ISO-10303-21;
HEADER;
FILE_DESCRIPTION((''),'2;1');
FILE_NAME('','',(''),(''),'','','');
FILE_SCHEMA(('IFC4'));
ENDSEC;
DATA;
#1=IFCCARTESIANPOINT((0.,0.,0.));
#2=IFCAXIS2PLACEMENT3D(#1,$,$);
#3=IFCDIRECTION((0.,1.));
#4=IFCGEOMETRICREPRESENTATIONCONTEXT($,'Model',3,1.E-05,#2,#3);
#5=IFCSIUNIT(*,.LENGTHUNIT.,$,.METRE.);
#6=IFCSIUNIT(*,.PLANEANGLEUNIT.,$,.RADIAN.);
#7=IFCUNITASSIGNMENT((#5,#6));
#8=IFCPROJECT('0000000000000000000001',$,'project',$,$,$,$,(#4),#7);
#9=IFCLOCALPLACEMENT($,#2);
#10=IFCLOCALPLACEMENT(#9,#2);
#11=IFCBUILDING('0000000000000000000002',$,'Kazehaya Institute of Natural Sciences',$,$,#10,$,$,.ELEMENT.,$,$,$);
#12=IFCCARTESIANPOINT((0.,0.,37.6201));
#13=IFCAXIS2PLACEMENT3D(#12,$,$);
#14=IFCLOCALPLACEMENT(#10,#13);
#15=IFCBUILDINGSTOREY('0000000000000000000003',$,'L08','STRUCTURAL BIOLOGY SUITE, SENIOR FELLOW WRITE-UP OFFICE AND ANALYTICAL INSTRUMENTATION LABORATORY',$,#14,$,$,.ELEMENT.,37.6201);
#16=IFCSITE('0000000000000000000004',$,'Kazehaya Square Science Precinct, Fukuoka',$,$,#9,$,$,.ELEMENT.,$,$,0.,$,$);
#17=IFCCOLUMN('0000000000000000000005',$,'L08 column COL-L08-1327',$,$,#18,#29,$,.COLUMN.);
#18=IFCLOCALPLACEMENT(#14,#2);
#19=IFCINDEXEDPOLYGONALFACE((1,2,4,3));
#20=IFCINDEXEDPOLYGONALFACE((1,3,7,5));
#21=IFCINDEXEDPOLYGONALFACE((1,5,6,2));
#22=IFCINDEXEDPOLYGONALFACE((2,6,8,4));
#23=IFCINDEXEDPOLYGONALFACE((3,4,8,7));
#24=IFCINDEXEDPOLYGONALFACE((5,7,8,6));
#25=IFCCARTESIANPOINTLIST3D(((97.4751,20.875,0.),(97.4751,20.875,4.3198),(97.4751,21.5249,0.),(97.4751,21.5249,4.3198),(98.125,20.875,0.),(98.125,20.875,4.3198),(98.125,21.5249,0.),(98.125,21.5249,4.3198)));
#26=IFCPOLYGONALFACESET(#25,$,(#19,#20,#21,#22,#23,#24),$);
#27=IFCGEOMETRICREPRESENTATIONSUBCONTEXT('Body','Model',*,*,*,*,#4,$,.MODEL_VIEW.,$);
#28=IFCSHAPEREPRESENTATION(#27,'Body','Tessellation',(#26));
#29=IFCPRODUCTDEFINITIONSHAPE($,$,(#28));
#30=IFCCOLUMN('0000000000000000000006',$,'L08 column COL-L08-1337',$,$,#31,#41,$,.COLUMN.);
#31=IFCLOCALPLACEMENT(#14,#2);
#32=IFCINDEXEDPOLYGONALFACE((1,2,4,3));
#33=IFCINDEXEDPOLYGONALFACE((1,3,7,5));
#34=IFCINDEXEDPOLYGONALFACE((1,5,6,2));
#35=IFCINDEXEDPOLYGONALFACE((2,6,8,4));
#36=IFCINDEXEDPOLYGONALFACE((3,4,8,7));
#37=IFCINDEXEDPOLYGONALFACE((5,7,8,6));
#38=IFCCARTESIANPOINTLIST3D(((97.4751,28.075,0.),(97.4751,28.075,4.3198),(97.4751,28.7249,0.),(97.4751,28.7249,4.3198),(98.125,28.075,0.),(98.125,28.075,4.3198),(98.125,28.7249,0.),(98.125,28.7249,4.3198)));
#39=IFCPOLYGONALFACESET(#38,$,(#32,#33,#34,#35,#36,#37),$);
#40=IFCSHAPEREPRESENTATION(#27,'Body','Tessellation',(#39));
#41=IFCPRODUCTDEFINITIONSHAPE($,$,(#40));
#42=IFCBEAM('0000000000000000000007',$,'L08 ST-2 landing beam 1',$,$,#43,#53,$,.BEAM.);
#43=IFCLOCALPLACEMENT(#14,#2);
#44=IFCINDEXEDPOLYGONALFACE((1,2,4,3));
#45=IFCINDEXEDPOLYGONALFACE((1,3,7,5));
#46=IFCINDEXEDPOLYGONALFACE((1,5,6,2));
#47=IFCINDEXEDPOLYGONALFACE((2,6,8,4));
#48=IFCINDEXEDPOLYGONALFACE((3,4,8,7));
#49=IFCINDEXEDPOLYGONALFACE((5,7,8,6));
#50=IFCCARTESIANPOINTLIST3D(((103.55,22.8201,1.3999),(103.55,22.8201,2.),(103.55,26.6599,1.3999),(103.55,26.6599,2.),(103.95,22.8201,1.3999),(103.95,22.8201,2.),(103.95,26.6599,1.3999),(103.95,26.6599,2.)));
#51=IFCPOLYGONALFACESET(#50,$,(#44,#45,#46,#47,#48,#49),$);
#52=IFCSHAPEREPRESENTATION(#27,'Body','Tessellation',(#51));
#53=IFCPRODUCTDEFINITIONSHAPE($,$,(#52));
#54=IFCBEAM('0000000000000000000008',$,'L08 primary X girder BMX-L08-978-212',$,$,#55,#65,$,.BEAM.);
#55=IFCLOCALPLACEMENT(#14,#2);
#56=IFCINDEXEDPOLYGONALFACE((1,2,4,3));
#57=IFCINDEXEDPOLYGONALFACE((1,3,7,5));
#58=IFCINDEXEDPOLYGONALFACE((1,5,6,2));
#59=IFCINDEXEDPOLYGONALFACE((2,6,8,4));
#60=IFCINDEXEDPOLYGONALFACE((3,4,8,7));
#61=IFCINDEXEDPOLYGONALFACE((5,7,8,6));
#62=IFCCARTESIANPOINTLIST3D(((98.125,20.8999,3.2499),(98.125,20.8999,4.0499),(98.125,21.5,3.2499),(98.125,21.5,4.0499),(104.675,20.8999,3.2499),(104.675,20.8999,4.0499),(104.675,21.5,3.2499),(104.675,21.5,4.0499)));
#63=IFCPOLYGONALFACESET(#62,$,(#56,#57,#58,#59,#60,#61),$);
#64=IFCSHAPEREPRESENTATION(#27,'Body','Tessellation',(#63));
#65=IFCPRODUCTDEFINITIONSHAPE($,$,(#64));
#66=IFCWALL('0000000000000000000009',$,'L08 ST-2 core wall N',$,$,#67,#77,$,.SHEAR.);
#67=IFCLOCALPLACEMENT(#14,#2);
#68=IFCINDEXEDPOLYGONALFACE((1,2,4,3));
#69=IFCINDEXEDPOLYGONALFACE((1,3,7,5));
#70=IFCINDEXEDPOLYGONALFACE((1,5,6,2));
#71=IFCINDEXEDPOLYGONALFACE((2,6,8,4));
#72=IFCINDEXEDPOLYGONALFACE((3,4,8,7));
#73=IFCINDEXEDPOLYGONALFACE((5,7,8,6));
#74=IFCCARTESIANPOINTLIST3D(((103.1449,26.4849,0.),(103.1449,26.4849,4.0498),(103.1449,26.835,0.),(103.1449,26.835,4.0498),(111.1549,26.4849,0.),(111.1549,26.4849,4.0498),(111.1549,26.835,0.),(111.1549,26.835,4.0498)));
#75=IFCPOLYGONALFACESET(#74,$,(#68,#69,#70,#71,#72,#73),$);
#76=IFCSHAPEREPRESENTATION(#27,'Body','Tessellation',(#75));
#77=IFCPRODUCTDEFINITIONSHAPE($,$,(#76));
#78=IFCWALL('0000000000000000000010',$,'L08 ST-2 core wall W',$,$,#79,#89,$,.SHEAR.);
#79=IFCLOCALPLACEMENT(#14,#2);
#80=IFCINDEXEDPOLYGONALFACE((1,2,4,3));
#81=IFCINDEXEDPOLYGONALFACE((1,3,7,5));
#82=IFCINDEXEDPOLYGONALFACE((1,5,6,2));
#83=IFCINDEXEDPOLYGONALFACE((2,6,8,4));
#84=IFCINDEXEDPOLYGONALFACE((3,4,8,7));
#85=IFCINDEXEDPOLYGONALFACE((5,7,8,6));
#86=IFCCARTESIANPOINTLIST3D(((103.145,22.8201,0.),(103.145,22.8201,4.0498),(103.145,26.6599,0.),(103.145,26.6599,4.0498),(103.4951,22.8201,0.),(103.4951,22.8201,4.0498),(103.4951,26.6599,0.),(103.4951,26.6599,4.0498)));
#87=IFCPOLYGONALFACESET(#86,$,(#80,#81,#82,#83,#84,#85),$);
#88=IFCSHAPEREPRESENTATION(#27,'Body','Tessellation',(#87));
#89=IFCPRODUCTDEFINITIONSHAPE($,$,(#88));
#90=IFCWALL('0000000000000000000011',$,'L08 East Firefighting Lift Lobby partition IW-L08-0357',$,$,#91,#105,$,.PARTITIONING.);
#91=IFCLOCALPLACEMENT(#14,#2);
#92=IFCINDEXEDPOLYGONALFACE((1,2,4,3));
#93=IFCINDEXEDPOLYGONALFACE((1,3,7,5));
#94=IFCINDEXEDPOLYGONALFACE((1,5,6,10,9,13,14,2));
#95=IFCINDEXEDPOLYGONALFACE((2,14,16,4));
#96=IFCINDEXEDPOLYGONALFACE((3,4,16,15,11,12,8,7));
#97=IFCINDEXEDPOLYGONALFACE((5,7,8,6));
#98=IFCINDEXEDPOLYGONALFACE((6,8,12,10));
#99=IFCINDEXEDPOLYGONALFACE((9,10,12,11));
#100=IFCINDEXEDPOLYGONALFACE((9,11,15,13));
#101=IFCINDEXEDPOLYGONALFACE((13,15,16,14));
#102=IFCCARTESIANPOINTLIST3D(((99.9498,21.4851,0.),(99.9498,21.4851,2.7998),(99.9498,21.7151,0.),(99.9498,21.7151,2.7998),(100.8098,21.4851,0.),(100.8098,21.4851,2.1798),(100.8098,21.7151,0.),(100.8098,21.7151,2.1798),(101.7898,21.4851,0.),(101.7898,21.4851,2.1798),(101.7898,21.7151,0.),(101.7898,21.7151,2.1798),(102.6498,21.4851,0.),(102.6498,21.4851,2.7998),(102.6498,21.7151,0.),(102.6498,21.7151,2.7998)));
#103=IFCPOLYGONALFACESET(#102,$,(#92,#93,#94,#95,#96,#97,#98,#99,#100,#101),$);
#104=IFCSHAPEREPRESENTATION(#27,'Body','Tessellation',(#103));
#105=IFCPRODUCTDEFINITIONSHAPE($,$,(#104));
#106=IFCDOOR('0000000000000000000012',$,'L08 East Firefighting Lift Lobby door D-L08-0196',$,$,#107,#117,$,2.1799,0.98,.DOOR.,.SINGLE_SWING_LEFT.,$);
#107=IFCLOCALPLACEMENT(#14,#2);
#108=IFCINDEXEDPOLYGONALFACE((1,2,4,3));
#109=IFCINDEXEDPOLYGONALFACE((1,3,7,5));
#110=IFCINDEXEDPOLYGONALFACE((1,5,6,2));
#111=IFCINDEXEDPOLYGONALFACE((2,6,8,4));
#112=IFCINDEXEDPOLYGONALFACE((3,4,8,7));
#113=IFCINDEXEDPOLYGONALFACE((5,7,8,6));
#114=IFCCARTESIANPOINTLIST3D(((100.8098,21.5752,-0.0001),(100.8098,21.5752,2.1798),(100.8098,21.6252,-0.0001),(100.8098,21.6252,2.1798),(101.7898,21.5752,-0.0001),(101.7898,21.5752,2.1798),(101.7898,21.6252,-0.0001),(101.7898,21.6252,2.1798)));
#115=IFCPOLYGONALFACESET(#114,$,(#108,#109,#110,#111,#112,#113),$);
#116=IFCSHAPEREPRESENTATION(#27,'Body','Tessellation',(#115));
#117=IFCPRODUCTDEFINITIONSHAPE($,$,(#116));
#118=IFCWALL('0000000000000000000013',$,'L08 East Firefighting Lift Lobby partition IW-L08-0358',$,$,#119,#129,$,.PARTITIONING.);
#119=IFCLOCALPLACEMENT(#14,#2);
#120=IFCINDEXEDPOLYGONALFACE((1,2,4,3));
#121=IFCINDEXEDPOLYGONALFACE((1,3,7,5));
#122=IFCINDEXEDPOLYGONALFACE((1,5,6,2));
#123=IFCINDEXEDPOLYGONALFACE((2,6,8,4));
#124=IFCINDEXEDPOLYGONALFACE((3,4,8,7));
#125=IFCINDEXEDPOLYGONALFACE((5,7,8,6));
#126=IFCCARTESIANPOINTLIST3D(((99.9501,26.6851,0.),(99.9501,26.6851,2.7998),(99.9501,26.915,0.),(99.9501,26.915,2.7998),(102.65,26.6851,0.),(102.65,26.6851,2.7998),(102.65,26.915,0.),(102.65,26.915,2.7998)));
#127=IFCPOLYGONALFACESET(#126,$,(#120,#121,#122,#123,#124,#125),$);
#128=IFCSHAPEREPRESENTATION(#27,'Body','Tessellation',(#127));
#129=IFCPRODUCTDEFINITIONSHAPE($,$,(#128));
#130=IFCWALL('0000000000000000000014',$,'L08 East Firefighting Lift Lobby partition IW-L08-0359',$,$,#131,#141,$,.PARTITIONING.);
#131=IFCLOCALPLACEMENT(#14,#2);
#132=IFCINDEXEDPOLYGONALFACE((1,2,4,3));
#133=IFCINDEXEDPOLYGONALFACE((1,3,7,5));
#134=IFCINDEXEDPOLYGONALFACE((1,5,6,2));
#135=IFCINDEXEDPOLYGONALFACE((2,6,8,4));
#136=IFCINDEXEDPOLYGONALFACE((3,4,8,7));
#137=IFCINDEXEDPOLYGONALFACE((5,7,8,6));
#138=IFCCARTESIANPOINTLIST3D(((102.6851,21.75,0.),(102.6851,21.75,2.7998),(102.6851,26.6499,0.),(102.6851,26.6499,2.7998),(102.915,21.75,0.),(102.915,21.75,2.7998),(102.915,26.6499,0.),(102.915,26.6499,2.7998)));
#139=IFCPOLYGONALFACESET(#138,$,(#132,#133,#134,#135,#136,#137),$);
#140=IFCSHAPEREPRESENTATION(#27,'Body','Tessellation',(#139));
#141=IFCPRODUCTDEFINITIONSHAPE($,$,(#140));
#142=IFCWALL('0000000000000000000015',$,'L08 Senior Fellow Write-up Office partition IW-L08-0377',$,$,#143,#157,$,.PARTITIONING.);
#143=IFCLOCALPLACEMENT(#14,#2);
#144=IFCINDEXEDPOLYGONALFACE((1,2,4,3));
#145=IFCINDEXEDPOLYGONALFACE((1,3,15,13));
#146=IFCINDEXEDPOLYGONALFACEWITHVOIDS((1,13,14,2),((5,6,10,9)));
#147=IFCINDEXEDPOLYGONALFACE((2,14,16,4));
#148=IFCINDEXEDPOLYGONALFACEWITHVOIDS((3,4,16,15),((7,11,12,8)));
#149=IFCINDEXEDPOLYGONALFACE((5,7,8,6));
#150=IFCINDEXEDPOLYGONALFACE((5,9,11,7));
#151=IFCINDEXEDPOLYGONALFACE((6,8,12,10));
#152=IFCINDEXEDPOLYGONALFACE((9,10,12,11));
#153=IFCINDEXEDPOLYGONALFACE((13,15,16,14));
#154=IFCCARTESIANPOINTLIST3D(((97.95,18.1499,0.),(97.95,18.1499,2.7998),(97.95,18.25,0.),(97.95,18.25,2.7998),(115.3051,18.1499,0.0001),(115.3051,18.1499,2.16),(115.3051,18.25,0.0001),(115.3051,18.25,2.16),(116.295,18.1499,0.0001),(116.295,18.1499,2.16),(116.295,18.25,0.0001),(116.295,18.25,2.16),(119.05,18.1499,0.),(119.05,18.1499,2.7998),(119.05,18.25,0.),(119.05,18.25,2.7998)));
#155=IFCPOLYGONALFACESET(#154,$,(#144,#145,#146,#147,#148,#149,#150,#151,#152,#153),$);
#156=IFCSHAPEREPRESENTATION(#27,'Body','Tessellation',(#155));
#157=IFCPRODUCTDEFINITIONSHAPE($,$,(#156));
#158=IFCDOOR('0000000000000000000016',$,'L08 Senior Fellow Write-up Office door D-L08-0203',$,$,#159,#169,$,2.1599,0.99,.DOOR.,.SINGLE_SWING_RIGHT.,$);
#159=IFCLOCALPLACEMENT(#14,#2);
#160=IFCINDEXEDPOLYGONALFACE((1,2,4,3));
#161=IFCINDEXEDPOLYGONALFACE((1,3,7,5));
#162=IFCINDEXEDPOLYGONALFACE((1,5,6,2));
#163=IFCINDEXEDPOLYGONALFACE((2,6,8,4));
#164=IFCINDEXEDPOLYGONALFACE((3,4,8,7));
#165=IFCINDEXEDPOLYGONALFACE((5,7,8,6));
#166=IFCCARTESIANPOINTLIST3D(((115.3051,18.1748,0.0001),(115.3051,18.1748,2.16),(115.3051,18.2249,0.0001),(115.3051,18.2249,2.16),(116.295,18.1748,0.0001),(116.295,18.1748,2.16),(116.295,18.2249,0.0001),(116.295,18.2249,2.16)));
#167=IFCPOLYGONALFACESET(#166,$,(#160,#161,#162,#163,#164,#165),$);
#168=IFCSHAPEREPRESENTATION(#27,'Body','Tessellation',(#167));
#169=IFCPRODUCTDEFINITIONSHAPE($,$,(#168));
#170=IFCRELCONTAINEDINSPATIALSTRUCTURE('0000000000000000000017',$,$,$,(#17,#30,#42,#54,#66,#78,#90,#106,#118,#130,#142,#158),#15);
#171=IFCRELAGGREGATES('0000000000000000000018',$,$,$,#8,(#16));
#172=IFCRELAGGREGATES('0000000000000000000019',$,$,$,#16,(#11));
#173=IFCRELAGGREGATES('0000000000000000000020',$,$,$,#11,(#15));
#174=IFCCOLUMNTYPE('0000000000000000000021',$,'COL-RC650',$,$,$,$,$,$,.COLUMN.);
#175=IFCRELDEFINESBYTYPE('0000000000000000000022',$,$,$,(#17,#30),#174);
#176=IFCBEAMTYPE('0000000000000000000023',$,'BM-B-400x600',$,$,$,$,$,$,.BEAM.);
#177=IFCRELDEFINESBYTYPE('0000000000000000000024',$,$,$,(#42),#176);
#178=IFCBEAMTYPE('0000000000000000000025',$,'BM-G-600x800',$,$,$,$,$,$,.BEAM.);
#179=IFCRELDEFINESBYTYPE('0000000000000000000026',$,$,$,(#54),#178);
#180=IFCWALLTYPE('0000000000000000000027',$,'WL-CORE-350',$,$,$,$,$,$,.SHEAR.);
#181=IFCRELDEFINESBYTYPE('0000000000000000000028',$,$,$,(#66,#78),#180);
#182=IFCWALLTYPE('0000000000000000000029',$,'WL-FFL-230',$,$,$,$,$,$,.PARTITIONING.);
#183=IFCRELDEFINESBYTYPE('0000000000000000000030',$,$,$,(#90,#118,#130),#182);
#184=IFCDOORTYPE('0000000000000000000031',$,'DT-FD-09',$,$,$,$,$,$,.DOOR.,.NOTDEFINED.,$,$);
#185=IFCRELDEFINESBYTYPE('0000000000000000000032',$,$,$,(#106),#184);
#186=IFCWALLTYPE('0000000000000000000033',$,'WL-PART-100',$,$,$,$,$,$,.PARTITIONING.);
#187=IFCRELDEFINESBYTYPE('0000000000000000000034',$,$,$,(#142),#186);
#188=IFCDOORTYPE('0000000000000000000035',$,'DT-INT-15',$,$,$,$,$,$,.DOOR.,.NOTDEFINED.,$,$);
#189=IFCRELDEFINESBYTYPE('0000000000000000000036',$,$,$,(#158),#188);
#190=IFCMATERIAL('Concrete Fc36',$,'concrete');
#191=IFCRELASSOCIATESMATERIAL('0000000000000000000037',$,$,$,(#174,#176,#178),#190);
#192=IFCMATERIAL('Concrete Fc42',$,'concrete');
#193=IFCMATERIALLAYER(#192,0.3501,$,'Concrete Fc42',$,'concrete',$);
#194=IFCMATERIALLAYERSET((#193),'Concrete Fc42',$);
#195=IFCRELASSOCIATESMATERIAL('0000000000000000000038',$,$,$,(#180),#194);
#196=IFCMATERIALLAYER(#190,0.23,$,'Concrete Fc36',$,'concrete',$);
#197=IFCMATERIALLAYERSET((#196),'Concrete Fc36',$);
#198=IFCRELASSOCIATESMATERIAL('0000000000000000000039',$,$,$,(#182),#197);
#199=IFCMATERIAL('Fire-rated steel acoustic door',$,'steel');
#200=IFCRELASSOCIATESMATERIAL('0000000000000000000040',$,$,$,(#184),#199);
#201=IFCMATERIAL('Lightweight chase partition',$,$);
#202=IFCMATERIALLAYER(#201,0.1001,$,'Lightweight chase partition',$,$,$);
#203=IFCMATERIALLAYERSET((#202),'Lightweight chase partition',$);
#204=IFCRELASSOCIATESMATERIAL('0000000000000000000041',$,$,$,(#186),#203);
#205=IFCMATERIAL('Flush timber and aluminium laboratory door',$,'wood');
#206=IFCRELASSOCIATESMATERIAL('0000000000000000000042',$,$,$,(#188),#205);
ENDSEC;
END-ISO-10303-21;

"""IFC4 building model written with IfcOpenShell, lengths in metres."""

from ifc_helpers import new_model, si_unit, direction, frame, frame_2d, origin, origin_2d, place, context, subcontext, project, spatial, rectangle, extrude, material, layer, layer_set, material_profile, profile_set, type_object, element, fill, save


model = new_model("IFC4")

# Units and contexts
model_context = context("Model", 3, precision=1e-05, world=origin(), true_north=direction((0.0, 1.0)))
body_context = subcontext(model_context, "Body", "Model", "MODEL_VIEW")
ifc_project = project(units=[si_unit("LENGTHUNIT", "METRE"), si_unit("PLANEANGLEUNIT", "RADIAN")], contexts=[model_context])

# Site, building, storey
site_placement = place(None, origin())
site = spatial("IfcSite", under=ifc_project, at=site_placement, Name="Kazehaya Square Science Precinct, Fukuoka", CompositionType="ELEMENT", RefElevation=0.0)
building_placement = place(site_placement, origin())
building = spatial("IfcBuilding", under=site, at=building_placement, Name="Kazehaya Institute of Natural Sciences", CompositionType="ELEMENT")
storey_placement = place(building_placement, frame((0.0, 0.0, 37.6201)))
storey = spatial("IfcBuildingStorey", under=building, at=storey_placement, Name="L08", Description="STRUCTURAL BIOLOGY SUITE, SENIOR FELLOW WRITE-UP OFFICE AND ANALYTICAL INSTRUMENTATION LABORATORY", CompositionType="ELEMENT", Elevation=37.6201)

# Columns
ifc_material_1 = material(Name="Concrete Fc36", Category="concrete")
ifc_material_profile_1 = material_profile(ifc_material_1, rectangle(XDim=0.6499, YDim=0.6499, at=origin_2d()), Name="RC-650x650")
ifc_profile_set_1 = profile_set([ifc_material_profile_1], Name="Concrete Fc36")
column_type = type_object("IfcColumnType", Name="COL-RC650", PredefinedType="COLUMN", material=ifc_profile_set_1)
for number, where, z_axis, x_axis, name in (
    (1, (97.8, 21.2, 0.0), (0.0, 0.0, 1.0), (1.0, 0.0, 0.0), "L08 column COL-L08-1327"),
    (2, (97.8, 28.3999, 0.0), (0.0, 0.0, 1.0), (1.0, 0.0, 0.0), "L08 column COL-L08-1337"),
):
    element("IfcColumn", number, at=place(storey_placement, frame(where, z_axis=z_axis, x_axis=x_axis)), inside=storey, type_object=column_type, Name=name, PredefinedType="COLUMN", context=body_context, shape_type="SweptSolid", body=[
        extrude(rectangle(XDim=0.6499, YDim=0.6499, at=origin_2d()), origin(), (0.0, 0.0, 1.0), 4.3198),
    ])

# Beams
ifc_material_profile_2 = material_profile(ifc_material_1, rectangle(XDim=0.3999, YDim=0.6001, at=origin_2d()), Name="RC-400x600")
ifc_profile_set_2 = profile_set([ifc_material_profile_2], Name="Concrete Fc36")
beam_type_1 = type_object("IfcBeamType", Name="BM-B-400x600", PredefinedType="BEAM", material=ifc_profile_set_2)
beam_1_placement = place(storey_placement, frame((103.75, 22.8201, 1.7), z_axis=(0.0, 1.0, 0.0), x_axis=(-1.0, 0.0, 0.0)))
element("IfcBeam", 3, at=beam_1_placement, inside=storey, type_object=beam_type_1, Name="L08 ST-2 landing beam 1", PredefinedType="BEAM", context=body_context, shape_type="SweptSolid", body=[
    extrude(rectangle(XDim=0.3999, YDim=0.6001, at=origin_2d()), origin(), (0.0, 0.0, 1.0), 3.8398),
])
ifc_material_profile_3 = material_profile(ifc_material_1, rectangle(XDim=0.6001, YDim=0.8, at=origin_2d()), Name="RC-600x800")
ifc_profile_set_3 = profile_set([ifc_material_profile_3], Name="Concrete Fc36")
beam_type_2 = type_object("IfcBeamType", Name="BM-G-600x800", PredefinedType="BEAM", material=ifc_profile_set_3)
beam_2_placement = place(storey_placement, frame((98.125, 21.2, 3.6499), z_axis=(1.0, 0.0, 0.0), x_axis=(0.0, 1.0, 0.0)))
element("IfcBeam", 4, at=beam_2_placement, inside=storey, type_object=beam_type_2, Name="L08 primary X girder BMX-L08-978-212", PredefinedType="BEAM", context=body_context, shape_type="SweptSolid", body=[
    extrude(rectangle(XDim=0.6001, YDim=0.8, at=origin_2d()), origin(), (0.0, 0.0, 1.0), 6.55),
])

# Walls
ifc_material_2 = material(Name="Concrete Fc42", Category="concrete")
ifc_layer_1 = layer(ifc_material_2, 0.3501, Name="Concrete Fc42", Category="concrete")
ifc_layer_set_1 = layer_set([ifc_layer_1], Name="Concrete Fc42")
wall_type_1 = type_object("IfcWallType", Name="WL-CORE-350", PredefinedType="SHEAR", material=ifc_layer_set_1)
wall_1_placement = place(storey_placement, frame((103.145, 26.6599, 0.0), z_axis=(0.0, 0.0, 1.0), x_axis=(1.0, 0.0, 0.0)))
element("IfcWall", 5, at=wall_1_placement, inside=storey, type_object=wall_type_1, Name="L08 ST-2 core wall N", PredefinedType="SHEAR", context=body_context, shape_type="SweptSolid", body=[
    extrude(rectangle(XDim=8.01, YDim=0.3501, at=frame_2d((4.0049, 0.0))), origin(), (0.0, 0.0, 1.0), 4.0498),
])
wall_2_placement = place(storey_placement, frame((103.3201, 22.8201, 0.0), z_axis=(0.0, 0.0, 1.0), x_axis=(0.0, 1.0, 0.0)))
element("IfcWall", 6, at=wall_2_placement, inside=storey, type_object=wall_type_1, Name="L08 ST-2 core wall W", PredefinedType="SHEAR", context=body_context, shape_type="SweptSolid", body=[
    extrude(rectangle(XDim=3.8398, YDim=0.3501, at=frame_2d((1.9199, 0.0))), origin(), (0.0, 0.0, 1.0), 4.0498),
])

# Wall, opening, door
ifc_layer_2 = layer(ifc_material_1, 0.23, Name="Concrete Fc36", Category="concrete")
ifc_layer_set_2 = layer_set([ifc_layer_2], Name="Concrete Fc36")
wall_type_2 = type_object("IfcWallType", Name="WL-FFL-230", PredefinedType="PARTITIONING", material=ifc_layer_set_2)
wall_3_placement = place(storey_placement, frame((102.6499, 21.6001, 0.0), z_axis=(0.0, 0.0, 1.0), x_axis=(-1.0, 0.0, 0.0)))
wall_3 = element("IfcWall", 7, at=wall_3_placement, inside=storey, type_object=wall_type_2, Name="L08 East Firefighting Lift Lobby partition IW-L08-0357", PredefinedType="PARTITIONING", context=body_context, shape_type="SweptSolid", body=[
    extrude(rectangle(XDim=2.7, YDim=0.23, at=frame_2d((1.3501, 0.0))), origin(), (0.0, 0.0, 1.0), 2.7998),
])
opening_1_placement = place(wall_3_placement, frame((0.8601, 0.0, 0.0)))
opening_1 = element("IfcOpeningElement", 8, at=opening_1_placement, cuts=wall_3, PredefinedType="OPENING", context=body_context, shape_type="SweptSolid", body=[
    extrude(rectangle(XDim=0.98, YDim=2.1799, at=frame_2d((0.49, 1.0898))), frame((0.0, 0.125, 0.0), z_axis=(0.0, -1.0, 0.0), x_axis=(1.0, 0.0, 0.0)), (0.0, 0.0, 1.0), 0.25),
])
ifc_material_3 = material(Name="Fire-rated steel acoustic door", Category="steel")
door_type_1 = type_object("IfcDoorType", Name="DT-FD-09", OperationType="NOTDEFINED", PredefinedType="DOOR", material=ifc_material_3)
door_1_placement = place(opening_1_placement, origin())
door_1 = element("IfcDoor", 9, at=door_1_placement, inside=storey, type_object=door_type_1, Name="L08 East Firefighting Lift Lobby door D-L08-0196", OperationType="SINGLE_SWING_LEFT", OverallHeight=2.1799, OverallWidth=0.98, PredefinedType="DOOR", context=body_context, shape_type="SweptSolid", body=[
    extrude(rectangle(XDim=0.98, YDim=2.1799, at=frame_2d((0.49, 1.0898))), frame((0.0, 0.0249, 0.0), z_axis=(0.0, -1.0, 0.0), x_axis=(1.0, 0.0, 0.0)), (0.0, 0.0, 1.0), 0.05),
])
fill(opening_1, door_1)

# Walls
wall_4_placement = place(storey_placement, frame((99.95, 26.8, 0.0), z_axis=(0.0, 0.0, 1.0), x_axis=(1.0, 0.0, 0.0)))
element("IfcWall", 10, at=wall_4_placement, inside=storey, type_object=wall_type_2, Name="L08 East Firefighting Lift Lobby partition IW-L08-0358", PredefinedType="PARTITIONING", context=body_context, shape_type="SweptSolid", body=[
    extrude(rectangle(XDim=2.7, YDim=0.23, at=frame_2d((1.3501, 0.0))), origin(), (0.0, 0.0, 1.0), 2.7998),
])
wall_5_placement = place(storey_placement, frame((102.8, 26.6499, 0.0), z_axis=(0.0, 0.0, 1.0), x_axis=(0.0, -1.0, 0.0)))
element("IfcWall", 11, at=wall_5_placement, inside=storey, type_object=wall_type_2, Name="L08 East Firefighting Lift Lobby partition IW-L08-0359", PredefinedType="PARTITIONING", context=body_context, shape_type="SweptSolid", body=[
    extrude(rectangle(XDim=4.8999, YDim=0.23, at=frame_2d((2.45, 0.0))), origin(), (0.0, 0.0, 1.0), 2.7998),
])

# Wall, opening, door
ifc_material_4 = material(Name="Lightweight chase partition")
ifc_layer_3 = layer(ifc_material_4, 0.1001, Name="Lightweight chase partition")
ifc_layer_set_3 = layer_set([ifc_layer_3], Name="Lightweight chase partition")
wall_type_3 = type_object("IfcWallType", Name="WL-PART-100", PredefinedType="PARTITIONING", material=ifc_layer_set_3)
wall_6_placement = place(storey_placement, frame((97.95, 18.2, 0.0), z_axis=(0.0, 0.0, 1.0), x_axis=(1.0, 0.0, 0.0)))
wall_6 = element("IfcWall", 12, at=wall_6_placement, inside=storey, type_object=wall_type_3, Name="L08 Senior Fellow Write-up Office partition IW-L08-0377", PredefinedType="PARTITIONING", context=body_context, shape_type="SweptSolid", body=[
    extrude(rectangle(XDim=21.1001, YDim=0.1001, at=frame_2d((10.55, 0.0))), origin(), (0.0, 0.0, 1.0), 2.7998),
])
opening_2_placement = place(wall_6_placement, frame((17.355, 0.0, 0.0)))
opening_2 = element("IfcOpeningElement", 13, at=opening_2_placement, cuts=wall_6, PredefinedType="OPENING", context=body_context, shape_type="SweptSolid", body=[
    extrude(rectangle(XDim=0.99, YDim=2.1599, at=frame_2d((0.4951, 1.0801))), frame((0.0, 0.0601, 0.0), z_axis=(0.0, -1.0, 0.0), x_axis=(1.0, 0.0, 0.0)), (0.0, 0.0, 1.0), 0.1201),
])
ifc_material_5 = material(Name="Flush timber and aluminium laboratory door", Category="wood")
door_type_2 = type_object("IfcDoorType", Name="DT-INT-15", OperationType="NOTDEFINED", PredefinedType="DOOR", material=ifc_material_5)
door_2_placement = place(opening_2_placement, origin())
door_2 = element("IfcDoor", 14, at=door_2_placement, inside=storey, type_object=door_type_2, Name="L08 Senior Fellow Write-up Office door D-L08-0203", OperationType="SINGLE_SWING_RIGHT", OverallHeight=2.1599, OverallWidth=0.99, PredefinedType="DOOR", context=body_context, shape_type="SweptSolid", body=[
    extrude(rectangle(XDim=0.99, YDim=2.1599, at=frame_2d((0.4951, 1.0801))), frame((0.0, 0.0249, 0.0), z_axis=(0.0, -1.0, 0.0), x_axis=(1.0, 0.0, 0.0)), (0.0, 0.0, 1.0), 0.05),
])
fill(opening_2, door_2)

save(model, "model.ifc")
